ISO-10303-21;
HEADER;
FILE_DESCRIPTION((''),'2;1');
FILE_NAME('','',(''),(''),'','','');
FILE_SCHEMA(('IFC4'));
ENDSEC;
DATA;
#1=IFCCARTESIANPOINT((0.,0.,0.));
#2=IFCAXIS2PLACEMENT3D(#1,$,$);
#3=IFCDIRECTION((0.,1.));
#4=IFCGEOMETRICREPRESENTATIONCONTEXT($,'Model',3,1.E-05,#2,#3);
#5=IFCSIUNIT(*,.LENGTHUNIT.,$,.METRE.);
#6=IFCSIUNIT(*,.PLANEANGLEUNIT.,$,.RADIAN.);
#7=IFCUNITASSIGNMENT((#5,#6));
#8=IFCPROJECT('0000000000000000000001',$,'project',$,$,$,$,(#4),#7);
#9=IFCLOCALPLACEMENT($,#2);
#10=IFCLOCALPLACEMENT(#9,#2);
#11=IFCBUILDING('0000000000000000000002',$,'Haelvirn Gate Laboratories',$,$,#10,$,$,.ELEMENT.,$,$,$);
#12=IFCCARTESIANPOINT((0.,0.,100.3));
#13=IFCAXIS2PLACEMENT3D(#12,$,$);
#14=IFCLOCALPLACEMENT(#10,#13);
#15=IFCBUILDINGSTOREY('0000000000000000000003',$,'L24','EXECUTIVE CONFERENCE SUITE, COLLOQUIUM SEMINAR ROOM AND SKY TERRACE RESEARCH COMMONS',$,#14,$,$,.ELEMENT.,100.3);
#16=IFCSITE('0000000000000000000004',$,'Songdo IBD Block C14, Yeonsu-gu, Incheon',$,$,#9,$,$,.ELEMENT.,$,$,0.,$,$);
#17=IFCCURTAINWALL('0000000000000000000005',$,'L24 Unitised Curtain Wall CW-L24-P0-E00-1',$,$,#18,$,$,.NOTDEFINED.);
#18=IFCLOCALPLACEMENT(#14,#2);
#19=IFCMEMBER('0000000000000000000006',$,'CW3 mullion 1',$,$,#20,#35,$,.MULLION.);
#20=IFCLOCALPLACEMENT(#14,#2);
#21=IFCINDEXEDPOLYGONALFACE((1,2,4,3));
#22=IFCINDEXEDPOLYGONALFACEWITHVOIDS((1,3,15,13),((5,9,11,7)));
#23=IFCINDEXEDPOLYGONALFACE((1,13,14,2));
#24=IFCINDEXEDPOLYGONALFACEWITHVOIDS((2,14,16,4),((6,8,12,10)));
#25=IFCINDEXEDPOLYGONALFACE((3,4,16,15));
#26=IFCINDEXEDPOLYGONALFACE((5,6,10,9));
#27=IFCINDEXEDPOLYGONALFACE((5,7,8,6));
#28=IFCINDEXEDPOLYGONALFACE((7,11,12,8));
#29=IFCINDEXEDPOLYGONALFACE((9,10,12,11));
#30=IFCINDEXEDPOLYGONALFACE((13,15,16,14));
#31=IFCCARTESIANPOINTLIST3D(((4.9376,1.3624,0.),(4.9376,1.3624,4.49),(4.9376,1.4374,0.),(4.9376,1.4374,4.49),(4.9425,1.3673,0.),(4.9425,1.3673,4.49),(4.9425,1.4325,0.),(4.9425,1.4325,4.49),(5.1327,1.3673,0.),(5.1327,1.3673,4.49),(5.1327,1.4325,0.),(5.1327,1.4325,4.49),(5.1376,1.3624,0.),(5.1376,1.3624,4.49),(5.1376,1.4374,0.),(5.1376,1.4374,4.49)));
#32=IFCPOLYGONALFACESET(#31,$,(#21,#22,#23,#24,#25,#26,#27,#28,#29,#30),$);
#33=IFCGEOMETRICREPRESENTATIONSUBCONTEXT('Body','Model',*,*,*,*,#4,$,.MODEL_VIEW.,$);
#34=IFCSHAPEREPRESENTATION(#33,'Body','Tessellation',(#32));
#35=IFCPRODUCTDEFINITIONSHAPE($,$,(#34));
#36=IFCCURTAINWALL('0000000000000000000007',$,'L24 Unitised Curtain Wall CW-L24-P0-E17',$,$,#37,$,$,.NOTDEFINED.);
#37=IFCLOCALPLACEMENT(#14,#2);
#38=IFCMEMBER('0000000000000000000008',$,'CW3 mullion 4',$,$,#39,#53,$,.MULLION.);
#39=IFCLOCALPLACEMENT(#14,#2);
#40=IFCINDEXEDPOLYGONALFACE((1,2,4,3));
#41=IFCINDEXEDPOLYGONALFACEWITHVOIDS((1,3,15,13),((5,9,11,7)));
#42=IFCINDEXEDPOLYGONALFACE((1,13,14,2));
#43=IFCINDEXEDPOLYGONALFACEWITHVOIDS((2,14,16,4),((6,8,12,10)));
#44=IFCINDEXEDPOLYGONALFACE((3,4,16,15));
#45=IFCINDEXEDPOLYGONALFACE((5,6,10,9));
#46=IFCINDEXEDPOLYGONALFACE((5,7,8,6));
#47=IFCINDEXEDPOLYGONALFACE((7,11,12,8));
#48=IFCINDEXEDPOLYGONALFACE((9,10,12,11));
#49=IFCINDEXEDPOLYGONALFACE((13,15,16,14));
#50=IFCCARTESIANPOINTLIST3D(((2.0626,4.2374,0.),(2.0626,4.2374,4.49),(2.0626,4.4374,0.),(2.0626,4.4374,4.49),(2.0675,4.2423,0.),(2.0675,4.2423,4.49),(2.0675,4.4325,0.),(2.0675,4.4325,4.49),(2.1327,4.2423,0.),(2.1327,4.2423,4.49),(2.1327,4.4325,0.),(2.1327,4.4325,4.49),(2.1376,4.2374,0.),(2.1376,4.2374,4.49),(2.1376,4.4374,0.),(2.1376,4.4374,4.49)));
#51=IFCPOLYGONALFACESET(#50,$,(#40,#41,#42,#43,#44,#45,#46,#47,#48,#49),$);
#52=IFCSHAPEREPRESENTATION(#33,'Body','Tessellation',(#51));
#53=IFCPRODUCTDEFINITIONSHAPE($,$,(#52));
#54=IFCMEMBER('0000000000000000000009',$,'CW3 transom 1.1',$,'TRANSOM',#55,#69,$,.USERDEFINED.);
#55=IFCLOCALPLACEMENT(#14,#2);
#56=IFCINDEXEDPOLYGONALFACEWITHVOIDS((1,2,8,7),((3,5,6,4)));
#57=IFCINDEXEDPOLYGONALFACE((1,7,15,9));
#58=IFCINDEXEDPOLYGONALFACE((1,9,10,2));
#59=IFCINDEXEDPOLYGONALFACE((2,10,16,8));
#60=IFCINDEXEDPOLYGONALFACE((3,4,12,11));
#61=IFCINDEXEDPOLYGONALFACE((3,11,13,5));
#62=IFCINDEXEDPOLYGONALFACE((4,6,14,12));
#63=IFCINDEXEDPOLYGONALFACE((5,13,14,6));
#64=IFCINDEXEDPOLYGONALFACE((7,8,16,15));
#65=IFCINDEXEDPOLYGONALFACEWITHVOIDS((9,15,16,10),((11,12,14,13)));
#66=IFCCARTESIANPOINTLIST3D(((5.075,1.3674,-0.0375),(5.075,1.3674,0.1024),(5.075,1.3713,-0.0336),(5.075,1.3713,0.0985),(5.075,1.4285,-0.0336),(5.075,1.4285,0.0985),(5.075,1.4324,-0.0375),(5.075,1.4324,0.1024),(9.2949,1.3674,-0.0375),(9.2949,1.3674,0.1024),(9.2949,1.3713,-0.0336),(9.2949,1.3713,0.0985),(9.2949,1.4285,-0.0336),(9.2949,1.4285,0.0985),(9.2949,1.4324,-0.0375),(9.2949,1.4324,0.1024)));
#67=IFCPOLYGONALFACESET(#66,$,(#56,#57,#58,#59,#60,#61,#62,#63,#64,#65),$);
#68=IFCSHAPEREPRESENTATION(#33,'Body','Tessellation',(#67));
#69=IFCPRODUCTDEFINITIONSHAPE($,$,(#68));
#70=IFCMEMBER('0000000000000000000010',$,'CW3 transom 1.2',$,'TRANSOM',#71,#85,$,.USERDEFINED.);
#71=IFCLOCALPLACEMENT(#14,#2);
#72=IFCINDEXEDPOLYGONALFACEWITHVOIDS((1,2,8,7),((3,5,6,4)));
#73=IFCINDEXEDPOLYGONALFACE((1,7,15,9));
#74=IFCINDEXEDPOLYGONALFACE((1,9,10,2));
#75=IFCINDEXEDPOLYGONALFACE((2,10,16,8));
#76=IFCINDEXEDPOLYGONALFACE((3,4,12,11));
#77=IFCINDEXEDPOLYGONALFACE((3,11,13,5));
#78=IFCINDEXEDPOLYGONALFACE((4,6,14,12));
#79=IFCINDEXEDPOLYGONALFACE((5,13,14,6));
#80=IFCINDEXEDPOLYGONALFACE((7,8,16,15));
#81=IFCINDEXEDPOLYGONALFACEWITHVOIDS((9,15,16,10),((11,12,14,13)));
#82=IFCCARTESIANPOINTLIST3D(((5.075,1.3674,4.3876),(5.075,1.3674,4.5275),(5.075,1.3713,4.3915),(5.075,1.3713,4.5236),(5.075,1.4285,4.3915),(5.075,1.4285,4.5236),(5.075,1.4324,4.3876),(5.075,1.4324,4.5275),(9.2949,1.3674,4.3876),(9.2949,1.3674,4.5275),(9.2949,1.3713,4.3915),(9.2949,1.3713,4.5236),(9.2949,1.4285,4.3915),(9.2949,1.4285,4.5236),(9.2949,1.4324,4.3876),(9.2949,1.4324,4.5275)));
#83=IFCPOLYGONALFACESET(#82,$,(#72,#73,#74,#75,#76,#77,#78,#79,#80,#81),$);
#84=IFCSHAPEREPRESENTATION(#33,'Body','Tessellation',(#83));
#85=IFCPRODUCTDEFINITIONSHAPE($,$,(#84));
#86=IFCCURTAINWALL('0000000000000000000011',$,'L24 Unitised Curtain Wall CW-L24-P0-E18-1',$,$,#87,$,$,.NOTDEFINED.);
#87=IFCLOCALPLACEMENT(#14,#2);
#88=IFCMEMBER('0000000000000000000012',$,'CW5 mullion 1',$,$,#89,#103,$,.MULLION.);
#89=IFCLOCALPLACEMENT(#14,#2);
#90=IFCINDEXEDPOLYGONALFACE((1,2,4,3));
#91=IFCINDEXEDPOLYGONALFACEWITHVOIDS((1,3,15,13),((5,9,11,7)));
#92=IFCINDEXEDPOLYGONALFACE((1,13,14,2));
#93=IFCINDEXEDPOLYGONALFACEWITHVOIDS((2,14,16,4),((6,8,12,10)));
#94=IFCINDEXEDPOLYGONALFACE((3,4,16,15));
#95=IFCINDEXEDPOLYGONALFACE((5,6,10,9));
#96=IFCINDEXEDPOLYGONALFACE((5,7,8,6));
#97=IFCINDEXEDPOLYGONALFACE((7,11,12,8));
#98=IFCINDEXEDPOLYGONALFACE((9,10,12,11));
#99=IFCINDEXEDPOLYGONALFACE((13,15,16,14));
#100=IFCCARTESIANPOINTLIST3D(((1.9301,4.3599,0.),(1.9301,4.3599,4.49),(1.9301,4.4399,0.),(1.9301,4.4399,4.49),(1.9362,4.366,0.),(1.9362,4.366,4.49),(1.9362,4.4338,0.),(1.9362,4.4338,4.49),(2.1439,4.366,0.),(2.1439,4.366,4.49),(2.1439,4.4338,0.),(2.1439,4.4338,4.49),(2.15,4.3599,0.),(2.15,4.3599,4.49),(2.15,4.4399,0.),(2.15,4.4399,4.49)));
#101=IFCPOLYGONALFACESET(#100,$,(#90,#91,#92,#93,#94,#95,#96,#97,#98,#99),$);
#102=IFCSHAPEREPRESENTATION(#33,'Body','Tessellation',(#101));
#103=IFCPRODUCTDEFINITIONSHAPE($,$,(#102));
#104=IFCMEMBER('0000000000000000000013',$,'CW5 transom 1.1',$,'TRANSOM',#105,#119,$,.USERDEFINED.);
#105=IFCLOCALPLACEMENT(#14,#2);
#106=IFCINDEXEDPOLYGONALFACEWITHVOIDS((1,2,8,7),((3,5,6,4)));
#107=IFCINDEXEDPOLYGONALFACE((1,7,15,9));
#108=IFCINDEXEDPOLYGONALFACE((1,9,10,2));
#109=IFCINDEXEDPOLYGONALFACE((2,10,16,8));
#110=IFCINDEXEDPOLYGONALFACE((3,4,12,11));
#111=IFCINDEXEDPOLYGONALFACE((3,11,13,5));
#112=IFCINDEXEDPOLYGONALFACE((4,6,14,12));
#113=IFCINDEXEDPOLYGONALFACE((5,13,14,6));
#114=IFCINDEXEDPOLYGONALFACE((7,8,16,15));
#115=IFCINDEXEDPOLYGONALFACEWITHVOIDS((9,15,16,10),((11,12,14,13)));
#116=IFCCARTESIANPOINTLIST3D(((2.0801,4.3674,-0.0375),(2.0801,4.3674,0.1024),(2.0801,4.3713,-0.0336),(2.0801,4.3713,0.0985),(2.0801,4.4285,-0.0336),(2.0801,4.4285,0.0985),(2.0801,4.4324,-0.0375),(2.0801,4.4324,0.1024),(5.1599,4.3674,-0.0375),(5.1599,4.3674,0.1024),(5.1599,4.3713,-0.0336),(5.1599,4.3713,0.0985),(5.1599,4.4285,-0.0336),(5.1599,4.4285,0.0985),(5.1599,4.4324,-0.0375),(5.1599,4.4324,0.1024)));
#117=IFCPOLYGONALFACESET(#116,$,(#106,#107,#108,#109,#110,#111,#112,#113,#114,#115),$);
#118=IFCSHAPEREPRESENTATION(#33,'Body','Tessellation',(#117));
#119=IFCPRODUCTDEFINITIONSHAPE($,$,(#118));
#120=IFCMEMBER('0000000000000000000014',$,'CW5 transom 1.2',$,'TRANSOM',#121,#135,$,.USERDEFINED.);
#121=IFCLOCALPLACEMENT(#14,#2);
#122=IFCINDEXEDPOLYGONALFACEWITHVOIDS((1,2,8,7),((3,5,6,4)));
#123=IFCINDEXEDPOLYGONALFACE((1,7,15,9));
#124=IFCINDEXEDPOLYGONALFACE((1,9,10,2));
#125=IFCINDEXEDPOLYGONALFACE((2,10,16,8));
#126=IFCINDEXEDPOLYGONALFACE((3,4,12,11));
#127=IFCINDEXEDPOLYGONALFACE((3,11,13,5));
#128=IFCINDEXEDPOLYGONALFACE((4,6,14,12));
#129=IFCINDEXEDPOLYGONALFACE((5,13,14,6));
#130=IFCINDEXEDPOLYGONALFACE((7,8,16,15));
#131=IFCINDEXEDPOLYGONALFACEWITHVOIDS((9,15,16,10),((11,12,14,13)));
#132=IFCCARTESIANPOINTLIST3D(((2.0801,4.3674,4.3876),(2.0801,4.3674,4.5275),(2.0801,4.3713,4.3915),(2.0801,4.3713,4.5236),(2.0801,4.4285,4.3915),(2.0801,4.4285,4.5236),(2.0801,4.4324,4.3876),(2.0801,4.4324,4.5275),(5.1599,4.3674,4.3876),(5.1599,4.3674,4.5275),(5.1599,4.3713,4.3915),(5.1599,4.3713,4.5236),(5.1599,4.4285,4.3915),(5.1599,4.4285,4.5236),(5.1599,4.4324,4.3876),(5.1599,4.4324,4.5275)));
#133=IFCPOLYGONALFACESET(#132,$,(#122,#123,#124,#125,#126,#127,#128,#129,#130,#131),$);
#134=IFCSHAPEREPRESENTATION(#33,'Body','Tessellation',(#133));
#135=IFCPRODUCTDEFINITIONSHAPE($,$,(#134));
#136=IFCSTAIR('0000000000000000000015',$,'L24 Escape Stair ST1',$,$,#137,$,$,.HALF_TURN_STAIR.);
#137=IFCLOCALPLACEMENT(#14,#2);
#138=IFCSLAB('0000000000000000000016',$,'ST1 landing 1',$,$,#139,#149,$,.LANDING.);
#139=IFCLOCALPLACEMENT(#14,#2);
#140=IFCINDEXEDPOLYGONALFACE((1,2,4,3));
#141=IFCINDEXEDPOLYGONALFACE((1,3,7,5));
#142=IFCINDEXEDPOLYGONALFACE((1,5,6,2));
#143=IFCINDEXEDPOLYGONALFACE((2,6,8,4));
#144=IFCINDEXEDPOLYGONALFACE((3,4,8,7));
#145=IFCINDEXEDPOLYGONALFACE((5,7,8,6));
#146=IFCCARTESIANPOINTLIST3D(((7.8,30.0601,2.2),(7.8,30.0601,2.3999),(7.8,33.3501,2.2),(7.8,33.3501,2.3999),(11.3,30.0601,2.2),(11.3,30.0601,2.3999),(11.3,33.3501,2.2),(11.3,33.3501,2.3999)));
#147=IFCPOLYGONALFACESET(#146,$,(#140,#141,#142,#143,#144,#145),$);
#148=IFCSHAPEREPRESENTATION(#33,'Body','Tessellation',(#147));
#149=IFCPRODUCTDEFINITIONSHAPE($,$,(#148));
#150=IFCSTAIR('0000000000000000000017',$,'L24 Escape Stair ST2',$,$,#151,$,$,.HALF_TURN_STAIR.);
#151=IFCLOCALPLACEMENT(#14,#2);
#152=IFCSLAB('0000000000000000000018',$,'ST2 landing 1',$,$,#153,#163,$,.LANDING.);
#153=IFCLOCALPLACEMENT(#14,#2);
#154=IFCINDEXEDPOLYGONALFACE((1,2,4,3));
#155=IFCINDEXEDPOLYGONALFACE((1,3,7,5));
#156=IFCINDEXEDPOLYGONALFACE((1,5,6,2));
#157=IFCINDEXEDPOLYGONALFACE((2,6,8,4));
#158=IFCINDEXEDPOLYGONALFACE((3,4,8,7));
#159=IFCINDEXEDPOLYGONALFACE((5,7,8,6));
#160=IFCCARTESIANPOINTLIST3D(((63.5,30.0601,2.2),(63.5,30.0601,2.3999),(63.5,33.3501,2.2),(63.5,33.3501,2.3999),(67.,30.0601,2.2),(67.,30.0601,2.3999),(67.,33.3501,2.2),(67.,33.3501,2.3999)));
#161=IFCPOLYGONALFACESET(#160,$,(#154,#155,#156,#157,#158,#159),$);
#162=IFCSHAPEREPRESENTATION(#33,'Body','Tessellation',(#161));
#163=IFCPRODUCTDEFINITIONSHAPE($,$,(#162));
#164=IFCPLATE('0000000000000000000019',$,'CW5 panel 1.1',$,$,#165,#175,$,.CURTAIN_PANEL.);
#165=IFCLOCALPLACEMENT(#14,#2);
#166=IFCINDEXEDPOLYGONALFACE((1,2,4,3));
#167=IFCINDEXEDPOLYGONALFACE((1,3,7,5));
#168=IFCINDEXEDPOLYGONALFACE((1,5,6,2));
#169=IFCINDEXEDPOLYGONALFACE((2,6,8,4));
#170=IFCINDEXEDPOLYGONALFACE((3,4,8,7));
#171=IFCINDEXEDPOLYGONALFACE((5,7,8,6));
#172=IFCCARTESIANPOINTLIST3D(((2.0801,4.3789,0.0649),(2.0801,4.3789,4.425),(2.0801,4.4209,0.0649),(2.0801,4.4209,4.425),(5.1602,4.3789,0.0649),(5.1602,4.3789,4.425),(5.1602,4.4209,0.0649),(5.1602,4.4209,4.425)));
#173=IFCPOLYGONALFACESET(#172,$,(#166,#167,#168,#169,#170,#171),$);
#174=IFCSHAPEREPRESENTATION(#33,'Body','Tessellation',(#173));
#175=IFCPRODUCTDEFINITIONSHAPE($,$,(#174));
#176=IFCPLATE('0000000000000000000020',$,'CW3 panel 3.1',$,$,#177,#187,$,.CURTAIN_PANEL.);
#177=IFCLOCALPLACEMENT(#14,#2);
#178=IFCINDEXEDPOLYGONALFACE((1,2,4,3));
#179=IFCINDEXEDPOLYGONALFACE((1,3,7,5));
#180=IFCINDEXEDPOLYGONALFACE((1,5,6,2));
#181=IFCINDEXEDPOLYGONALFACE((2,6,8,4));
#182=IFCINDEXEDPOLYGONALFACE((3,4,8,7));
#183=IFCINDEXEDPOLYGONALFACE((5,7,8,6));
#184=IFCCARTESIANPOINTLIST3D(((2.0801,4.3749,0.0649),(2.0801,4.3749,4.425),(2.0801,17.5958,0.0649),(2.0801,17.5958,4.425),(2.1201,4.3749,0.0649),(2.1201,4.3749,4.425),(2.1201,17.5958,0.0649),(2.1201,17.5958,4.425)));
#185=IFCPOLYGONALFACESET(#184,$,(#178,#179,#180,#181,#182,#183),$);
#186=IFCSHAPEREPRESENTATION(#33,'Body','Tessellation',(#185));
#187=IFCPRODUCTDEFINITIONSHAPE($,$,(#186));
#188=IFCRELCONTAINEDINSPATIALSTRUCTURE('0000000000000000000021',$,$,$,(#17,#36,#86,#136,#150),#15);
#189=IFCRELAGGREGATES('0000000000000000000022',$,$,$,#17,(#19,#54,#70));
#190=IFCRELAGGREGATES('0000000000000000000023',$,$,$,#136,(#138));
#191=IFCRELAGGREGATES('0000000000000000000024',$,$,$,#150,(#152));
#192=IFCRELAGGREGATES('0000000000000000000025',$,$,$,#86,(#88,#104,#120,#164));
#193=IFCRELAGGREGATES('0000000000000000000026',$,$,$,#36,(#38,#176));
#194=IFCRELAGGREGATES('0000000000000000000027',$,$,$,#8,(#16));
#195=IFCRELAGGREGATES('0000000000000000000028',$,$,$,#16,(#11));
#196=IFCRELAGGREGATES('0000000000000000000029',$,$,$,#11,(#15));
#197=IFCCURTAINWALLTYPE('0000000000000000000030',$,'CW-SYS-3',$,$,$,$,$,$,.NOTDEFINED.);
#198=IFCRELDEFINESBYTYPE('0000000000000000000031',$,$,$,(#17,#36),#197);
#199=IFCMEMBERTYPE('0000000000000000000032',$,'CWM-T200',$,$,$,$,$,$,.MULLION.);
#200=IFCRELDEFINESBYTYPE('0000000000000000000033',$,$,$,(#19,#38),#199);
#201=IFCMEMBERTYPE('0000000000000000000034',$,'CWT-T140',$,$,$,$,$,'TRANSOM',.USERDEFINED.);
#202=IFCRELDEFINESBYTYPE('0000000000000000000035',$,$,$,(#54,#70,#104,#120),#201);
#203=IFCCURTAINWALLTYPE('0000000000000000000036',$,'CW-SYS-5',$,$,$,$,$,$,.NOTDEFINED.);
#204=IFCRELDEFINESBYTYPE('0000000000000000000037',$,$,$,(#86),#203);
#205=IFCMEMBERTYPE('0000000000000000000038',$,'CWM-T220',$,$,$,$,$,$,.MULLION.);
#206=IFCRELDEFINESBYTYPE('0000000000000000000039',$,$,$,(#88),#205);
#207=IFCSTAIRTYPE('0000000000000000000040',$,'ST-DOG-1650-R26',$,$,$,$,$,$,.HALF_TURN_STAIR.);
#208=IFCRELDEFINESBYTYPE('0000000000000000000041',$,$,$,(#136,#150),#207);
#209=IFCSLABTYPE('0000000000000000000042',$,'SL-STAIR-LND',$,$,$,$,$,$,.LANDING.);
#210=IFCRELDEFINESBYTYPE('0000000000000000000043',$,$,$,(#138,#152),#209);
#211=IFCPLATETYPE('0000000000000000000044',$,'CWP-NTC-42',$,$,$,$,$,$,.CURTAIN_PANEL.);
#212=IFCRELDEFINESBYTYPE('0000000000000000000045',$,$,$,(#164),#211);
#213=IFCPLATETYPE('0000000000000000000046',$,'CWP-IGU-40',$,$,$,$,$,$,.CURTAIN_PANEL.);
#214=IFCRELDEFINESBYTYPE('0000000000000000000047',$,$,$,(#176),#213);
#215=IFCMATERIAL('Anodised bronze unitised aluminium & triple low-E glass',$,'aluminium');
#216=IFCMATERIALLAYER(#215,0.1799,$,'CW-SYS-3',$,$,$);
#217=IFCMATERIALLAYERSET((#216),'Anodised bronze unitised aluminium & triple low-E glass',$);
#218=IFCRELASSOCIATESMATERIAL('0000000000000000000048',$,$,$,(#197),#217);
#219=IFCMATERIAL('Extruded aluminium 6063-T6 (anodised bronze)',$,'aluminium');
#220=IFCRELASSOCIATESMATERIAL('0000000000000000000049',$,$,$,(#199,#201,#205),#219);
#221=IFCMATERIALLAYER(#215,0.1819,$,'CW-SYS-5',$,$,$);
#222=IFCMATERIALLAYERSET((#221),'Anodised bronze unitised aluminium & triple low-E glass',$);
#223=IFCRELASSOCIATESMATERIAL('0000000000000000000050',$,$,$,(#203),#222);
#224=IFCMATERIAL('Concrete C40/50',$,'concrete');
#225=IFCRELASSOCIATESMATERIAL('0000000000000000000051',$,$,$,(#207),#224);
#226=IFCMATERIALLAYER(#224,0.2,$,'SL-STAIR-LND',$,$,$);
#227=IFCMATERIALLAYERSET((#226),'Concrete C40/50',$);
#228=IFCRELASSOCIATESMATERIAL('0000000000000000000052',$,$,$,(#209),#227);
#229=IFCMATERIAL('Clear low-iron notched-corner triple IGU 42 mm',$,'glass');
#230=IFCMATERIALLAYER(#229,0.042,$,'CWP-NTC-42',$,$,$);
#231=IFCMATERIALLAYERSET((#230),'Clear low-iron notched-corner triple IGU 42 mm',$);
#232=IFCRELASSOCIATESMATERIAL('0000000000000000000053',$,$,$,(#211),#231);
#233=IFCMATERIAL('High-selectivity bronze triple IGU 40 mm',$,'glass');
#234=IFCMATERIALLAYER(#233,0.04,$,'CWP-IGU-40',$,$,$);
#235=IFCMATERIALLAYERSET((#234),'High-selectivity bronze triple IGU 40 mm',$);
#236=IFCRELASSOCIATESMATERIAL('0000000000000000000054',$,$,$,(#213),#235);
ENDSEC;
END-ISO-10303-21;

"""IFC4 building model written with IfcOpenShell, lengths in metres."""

from ifc_helpers import new_model, si_unit, direction, frame, origin, origin_2d, place, context, subcontext, project, spatial, polyline, rectangle, hollow_rectangle, outline, extrude, source, transform, mapped, material, layer, layer_set, material_profile, profile_set, type_object, type_shapes, element, aggregate, save


model = new_model("IFC4")

# Units and contexts
model_context = context("Model", 3, precision=1e-05, world=origin(), true_north=direction((0.0, 1.0)))
body_context = subcontext(model_context, "Body", "Model", "MODEL_VIEW")
ifc_project = project(units=[si_unit("LENGTHUNIT", "METRE"), si_unit("PLANEANGLEUNIT", "RADIAN")], contexts=[model_context])

# Site, building, storey
site_placement = place(None, origin())
site = spatial("IfcSite", under=ifc_project, at=site_placement, Name="Songdo IBD Block C14, Yeonsu-gu, Incheon", CompositionType="ELEMENT", RefElevation=0.0)
building_placement = place(site_placement, origin())
building = spatial("IfcBuilding", under=site, at=building_placement, Name="Haelvirn Gate Laboratories", CompositionType="ELEMENT")
storey_placement = place(building_placement, frame((0.0, 0.0, 100.3)))
storey = spatial("IfcBuildingStorey", under=building, at=storey_placement, Name="L24", Description="EXECUTIVE CONFERENCE SUITE, COLLOQUIUM SEMINAR ROOM AND SKY TERRACE RESEARCH COMMONS", CompositionType="ELEMENT", Elevation=100.3)

# Curtain walls, members
ifc_material_1 = material(Name="Anodised bronze unitised aluminium & triple low-E glass", Category="aluminium")
ifc_layer_1 = layer(ifc_material_1, 0.1799, Name="CW-SYS-3")
ifc_layer_set_1 = layer_set([ifc_layer_1], Name="Anodised bronze unitised aluminium & triple low-E glass")
curtain_wall_type_1 = type_object("IfcCurtainWallType", Name="CW-SYS-3", PredefinedType="NOTDEFINED", material=ifc_layer_set_1)
curtain_wall_1_placement = place(storey_placement, origin())
curtain_wall_1 = element("IfcCurtainWall", 1, at=curtain_wall_1_placement, inside=storey, type_object=curtain_wall_type_1, Name="L24 Unitised Curtain Wall CW-L24-P0-E00-1", PredefinedType="NOTDEFINED")
ifc_material_2 = material(Name="Extruded aluminium 6063-T6 (anodised bronze)", Category="aluminium")
ifc_material_profile_1 = material_profile(ifc_material_2, hollow_rectangle(XDim=0.075, YDim=0.2, WallThickness=0.0049, at=origin_2d()), Name="CWM-200x75x5")
ifc_profile_set_1 = profile_set([ifc_material_profile_1], Name="Extruded aluminium 6063-T6 (anodised bronze)")
member_type_1 = type_object("IfcMemberType", Name="CWM-T200", PredefinedType="MULLION", material=ifc_profile_set_1)
shared_shape_1 = source(origin(), body_context, "Body", "SweptSolid", [
    extrude(hollow_rectangle(XDim=0.075, YDim=0.2, WallThickness=0.0049, at=origin_2d()), origin(), (0.0, 0.0, 1.0), 4.49),
])
type_shapes(member_type_1, [shared_shape_1])
member_1_placement = place(storey_placement, frame((5.0376, 1.3999, 0.0), z_axis=(0.0, 0.0, 1.0), x_axis=(0.0, 1.0, 0.0)))
member_1 = element("IfcMember", 2, at=member_1_placement, type_object=member_type_1, Name="CW3 mullion 1", PredefinedType="MULLION", context=body_context, shape_type="MappedRepresentation", body=[
    mapped(shared_shape_1, transform((0.0, 0.0, 0.0), scale=1.0)),
])
curtain_wall_2_placement = place(storey_placement, origin())
curtain_wall_2 = element("IfcCurtainWall", 3, at=curtain_wall_2_placement, inside=storey, type_object=curtain_wall_type_1, Name="L24 Unitised Curtain Wall CW-L24-P0-E17", PredefinedType="NOTDEFINED")
member_2_placement = place(storey_placement, frame((2.1001, 4.3374, 0.0), z_axis=(0.0, 0.0, 1.0), x_axis=(1.0, 0.0, 0.0)))
member_2 = element("IfcMember", 4, at=member_2_placement, type_object=member_type_1, Name="CW3 mullion 4", PredefinedType="MULLION", context=body_context, shape_type="MappedRepresentation", body=[
    mapped(shared_shape_1, transform((0.0, 0.0, 0.0), scale=1.0)),
])

# Members
ifc_material_profile_2 = material_profile(ifc_material_2, hollow_rectangle(XDim=0.0649, YDim=0.1399, WallThickness=0.0039, at=origin_2d()), Name="CWT-140x65x4")
ifc_profile_set_2 = profile_set([ifc_material_profile_2], Name="Extruded aluminium 6063-T6 (anodised bronze)")
member_type_2 = type_object("IfcMemberType", Name="CWT-T140", ElementType="TRANSOM", PredefinedType="USERDEFINED", material=ifc_profile_set_2)
shared_shape_2 = source(origin(), body_context, "Body", "SweptSolid", [
    extrude(hollow_rectangle(XDim=0.0649, YDim=0.1399, WallThickness=0.0039, at=origin_2d()), origin(), (0.0, 0.0, 1.0), 4.22),
])
member_3_placement = place(storey_placement, frame((5.075, 1.3999, 0.0325), z_axis=(1.0, 0.0, 0.0), x_axis=(0.0, 1.0, 0.0)))
member_3 = element("IfcMember", 5, at=member_3_placement, type_object=member_type_2, Name="CW3 transom 1.1", ObjectType="TRANSOM", PredefinedType="USERDEFINED", context=body_context, shape_type="MappedRepresentation", body=[
    mapped(shared_shape_2, transform((0.0, 0.0, 0.0), scale=1.0)),
])
member_4_placement = place(storey_placement, frame((5.075, 1.3999, 4.4575), z_axis=(1.0, 0.0, 0.0), x_axis=(0.0, 1.0, 0.0)))
member_4 = element("IfcMember", 6, at=member_4_placement, type_object=member_type_2, Name="CW3 transom 1.2", ObjectType="TRANSOM", PredefinedType="USERDEFINED", context=body_context, shape_type="MappedRepresentation", body=[
    mapped(shared_shape_2, transform((0.0, 0.0, 0.0), scale=1.0)),
])
aggregate(curtain_wall_1, [member_1, member_3, member_4])

# Curtain wall, members
ifc_layer_2 = layer(ifc_material_1, 0.1819, Name="CW-SYS-5")
ifc_layer_set_2 = layer_set([ifc_layer_2], Name="Anodised bronze unitised aluminium & triple low-E glass")
curtain_wall_type_2 = type_object("IfcCurtainWallType", Name="CW-SYS-5", PredefinedType="NOTDEFINED", material=ifc_layer_set_2)
curtain_wall_3_placement = place(storey_placement, origin())
curtain_wall_3 = element("IfcCurtainWall", 7, at=curtain_wall_3_placement, inside=storey, type_object=curtain_wall_type_2, Name="L24 Unitised Curtain Wall CW-L24-P0-E18-1", PredefinedType="NOTDEFINED")
ifc_material_profile_3 = material_profile(ifc_material_2, hollow_rectangle(XDim=0.0801, YDim=0.22, WallThickness=0.0061, at=origin_2d()), Name="CWM-220x80x6")
ifc_profile_set_3 = profile_set([ifc_material_profile_3], Name="Extruded aluminium 6063-T6 (anodised bronze)")
member_type_3 = type_object("IfcMemberType", Name="CWM-T220", PredefinedType="MULLION", material=ifc_profile_set_3)
shared_shape_3 = source(origin(), body_context, "Body", "SweptSolid", [
    extrude(hollow_rectangle(XDim=0.0801, YDim=0.22, WallThickness=0.0061, at=origin_2d()), origin(), (0.0, 0.0, 1.0), 4.49),
])
type_shapes(member_type_3, [shared_shape_3])
member_5_placement = place(storey_placement, frame((2.04, 4.3999, 0.0), z_axis=(0.0, 0.0, 1.0), x_axis=(0.0, 1.0, 0.0)))
member_5 = element("IfcMember", 8, at=member_5_placement, type_object=member_type_3, Name="CW5 mullion 1", PredefinedType="MULLION", context=body_context, shape_type="MappedRepresentation", body=[
    mapped(shared_shape_3, transform((0.0, 0.0, 0.0), scale=1.0)),
])
shared_shape_4 = source(origin(), body_context, "Body", "SweptSolid", [
    extrude(hollow_rectangle(XDim=0.0649, YDim=0.1399, WallThickness=0.0039, at=origin_2d()), origin(), (0.0, 0.0, 1.0), 3.0798),
])
type_shapes(member_type_2, [shared_shape_2, shared_shape_4])
member_6_placement = place(storey_placement, frame((2.0801, 4.3999, 0.0325), z_axis=(1.0, 0.0, 0.0), x_axis=(0.0, 1.0, 0.0)))
member_6 = element("IfcMember", 9, at=member_6_placement, type_object=member_type_2, Name="CW5 transom 1.1", ObjectType="TRANSOM", PredefinedType="USERDEFINED", context=body_context, shape_type="MappedRepresentation", body=[
    mapped(shared_shape_4, transform((0.0, 0.0, 0.0), scale=1.0)),
])
member_7_placement = place(storey_placement, frame((2.0801, 4.3999, 4.4575), z_axis=(1.0, 0.0, 0.0), x_axis=(0.0, 1.0, 0.0)))
member_7 = element("IfcMember", 10, at=member_7_placement, type_object=member_type_2, Name="CW5 transom 1.2", ObjectType="TRANSOM", PredefinedType="USERDEFINED", context=body_context, shape_type="MappedRepresentation", body=[
    mapped(shared_shape_4, transform((0.0, 0.0, 0.0), scale=1.0)),
])

# Stairs, slabs
ifc_material_3 = material(Name="Concrete C40/50", Category="concrete")
stair_type = type_object("IfcStairType", Name="ST-DOG-1650-R26", PredefinedType="HALF_TURN_STAIR", material=ifc_material_3)
stair_1_placement = place(storey_placement, origin())
stair_1 = element("IfcStair", 11, at=stair_1_placement, inside=storey, type_object=stair_type, Name="L24 Escape Stair ST1", PredefinedType="HALF_TURN_STAIR")
ifc_layer_3 = layer(ifc_material_3, 0.2, Name="SL-STAIR-LND")
ifc_layer_set_3 = layer_set([ifc_layer_3], Name="Concrete C40/50")
slab_type = type_object("IfcSlabType", Name="SL-STAIR-LND", PredefinedType="LANDING", material=ifc_layer_set_3)
slab_1_placement = place(storey_placement, frame((0.0, 0.0, 2.2)))
slab_1 = element("IfcSlab", 12, at=slab_1_placement, type_object=slab_type, Name="ST1 landing 1", PredefinedType="LANDING", context=body_context, shape_type="SweptSolid", body=[
    extrude(outline(polyline([(11.3, 30.0601), (11.3, 33.3501), (7.8, 33.3501), (7.8, 30.0601), (11.3, 30.0601)])), origin(), (0.0, 0.0, 1.0), 0.2),
])
aggregate(stair_1, [slab_1])
stair_2_placement = place(storey_placement, origin())
stair_2 = element("IfcStair", 13, at=stair_2_placement, inside=storey, type_object=stair_type, Name="L24 Escape Stair ST2", PredefinedType="HALF_TURN_STAIR")
slab_2_placement = place(storey_placement, frame((0.0, 0.0, 2.2)))
slab_2 = element("IfcSlab", 14, at=slab_2_placement, type_object=slab_type, Name="ST2 landing 1", PredefinedType="LANDING", context=body_context, shape_type="SweptSolid", body=[
    extrude(outline(polyline([(67.0, 30.0601), (67.0, 33.3501), (63.5, 33.3501), (63.5, 30.0601), (67.0, 30.0601)])), origin(), (0.0, 0.0, 1.0), 0.2),
])
aggregate(stair_2, [slab_2])

# Plates
ifc_material_4 = material(Name="Clear low-iron notched-corner triple IGU 42 mm", Category="glass")
ifc_layer_4 = layer(ifc_material_4, 0.042, Name="CWP-NTC-42")
ifc_layer_set_4 = layer_set([ifc_layer_4], Name="Clear low-iron notched-corner triple IGU 42 mm")
plate_type_1 = type_object("IfcPlateType", Name="CWP-NTC-42", PredefinedType="CURTAIN_PANEL", material=ifc_layer_set_4)
shared_shape_5 = source(origin(), body_context, "Body", "SweptSolid", [
    extrude(rectangle(XDim=3.0801, YDim=0.042, at=origin_2d()), origin(), (0.0, 0.0, 1.0), 4.3601),
])
type_shapes(plate_type_1, [shared_shape_5])
plate_1_placement = place(storey_placement, frame((3.6201, 4.3999, 0.0649), z_axis=(0.0, 0.0, 1.0), x_axis=(1.0, 0.0, 0.0)))
plate_1 = element("IfcPlate", 15, at=plate_1_placement, type_object=plate_type_1, Name="CW5 panel 1.1", PredefinedType="CURTAIN_PANEL", context=body_context, shape_type="MappedRepresentation", body=[
    mapped(shared_shape_5, transform((0.0, 0.0, 0.0), scale=1.0)),
])
aggregate(curtain_wall_3, [member_5, member_6, member_7, plate_1])
ifc_material_5 = material(Name="High-selectivity bronze triple IGU 40 mm", Category="glass")
ifc_layer_5 = layer(ifc_material_5, 0.04, Name="CWP-IGU-40")
ifc_layer_set_5 = layer_set([ifc_layer_5], Name="High-selectivity bronze triple IGU 40 mm")
plate_type_2 = type_object("IfcPlateType", Name="CWP-IGU-40", PredefinedType="CURTAIN_PANEL", material=ifc_layer_set_5)
shared_shape_6 = source(origin(), body_context, "Body", "SweptSolid", [
    extrude(rectangle(XDim=13.2209, YDim=0.04, at=origin_2d()), origin(), (0.0, 0.0, 1.0), 4.3601),
])
type_shapes(plate_type_2, [shared_shape_6])
plate_2_placement = place(storey_placement, frame((2.1001, 10.9854, 0.0649), z_axis=(0.0, 0.0, 1.0), x_axis=(0.0, -1.0, 0.0)))
plate_2 = element("IfcPlate", 16, at=plate_2_placement, type_object=plate_type_2, Name="CW3 panel 3.1", PredefinedType="CURTAIN_PANEL", context=body_context, shape_type="MappedRepresentation", body=[
    mapped(shared_shape_6, transform((0.0, 0.0, 0.0), scale=1.0)),
])
aggregate(curtain_wall_2, [member_2, plate_2])

save(model, "model.ifc")
